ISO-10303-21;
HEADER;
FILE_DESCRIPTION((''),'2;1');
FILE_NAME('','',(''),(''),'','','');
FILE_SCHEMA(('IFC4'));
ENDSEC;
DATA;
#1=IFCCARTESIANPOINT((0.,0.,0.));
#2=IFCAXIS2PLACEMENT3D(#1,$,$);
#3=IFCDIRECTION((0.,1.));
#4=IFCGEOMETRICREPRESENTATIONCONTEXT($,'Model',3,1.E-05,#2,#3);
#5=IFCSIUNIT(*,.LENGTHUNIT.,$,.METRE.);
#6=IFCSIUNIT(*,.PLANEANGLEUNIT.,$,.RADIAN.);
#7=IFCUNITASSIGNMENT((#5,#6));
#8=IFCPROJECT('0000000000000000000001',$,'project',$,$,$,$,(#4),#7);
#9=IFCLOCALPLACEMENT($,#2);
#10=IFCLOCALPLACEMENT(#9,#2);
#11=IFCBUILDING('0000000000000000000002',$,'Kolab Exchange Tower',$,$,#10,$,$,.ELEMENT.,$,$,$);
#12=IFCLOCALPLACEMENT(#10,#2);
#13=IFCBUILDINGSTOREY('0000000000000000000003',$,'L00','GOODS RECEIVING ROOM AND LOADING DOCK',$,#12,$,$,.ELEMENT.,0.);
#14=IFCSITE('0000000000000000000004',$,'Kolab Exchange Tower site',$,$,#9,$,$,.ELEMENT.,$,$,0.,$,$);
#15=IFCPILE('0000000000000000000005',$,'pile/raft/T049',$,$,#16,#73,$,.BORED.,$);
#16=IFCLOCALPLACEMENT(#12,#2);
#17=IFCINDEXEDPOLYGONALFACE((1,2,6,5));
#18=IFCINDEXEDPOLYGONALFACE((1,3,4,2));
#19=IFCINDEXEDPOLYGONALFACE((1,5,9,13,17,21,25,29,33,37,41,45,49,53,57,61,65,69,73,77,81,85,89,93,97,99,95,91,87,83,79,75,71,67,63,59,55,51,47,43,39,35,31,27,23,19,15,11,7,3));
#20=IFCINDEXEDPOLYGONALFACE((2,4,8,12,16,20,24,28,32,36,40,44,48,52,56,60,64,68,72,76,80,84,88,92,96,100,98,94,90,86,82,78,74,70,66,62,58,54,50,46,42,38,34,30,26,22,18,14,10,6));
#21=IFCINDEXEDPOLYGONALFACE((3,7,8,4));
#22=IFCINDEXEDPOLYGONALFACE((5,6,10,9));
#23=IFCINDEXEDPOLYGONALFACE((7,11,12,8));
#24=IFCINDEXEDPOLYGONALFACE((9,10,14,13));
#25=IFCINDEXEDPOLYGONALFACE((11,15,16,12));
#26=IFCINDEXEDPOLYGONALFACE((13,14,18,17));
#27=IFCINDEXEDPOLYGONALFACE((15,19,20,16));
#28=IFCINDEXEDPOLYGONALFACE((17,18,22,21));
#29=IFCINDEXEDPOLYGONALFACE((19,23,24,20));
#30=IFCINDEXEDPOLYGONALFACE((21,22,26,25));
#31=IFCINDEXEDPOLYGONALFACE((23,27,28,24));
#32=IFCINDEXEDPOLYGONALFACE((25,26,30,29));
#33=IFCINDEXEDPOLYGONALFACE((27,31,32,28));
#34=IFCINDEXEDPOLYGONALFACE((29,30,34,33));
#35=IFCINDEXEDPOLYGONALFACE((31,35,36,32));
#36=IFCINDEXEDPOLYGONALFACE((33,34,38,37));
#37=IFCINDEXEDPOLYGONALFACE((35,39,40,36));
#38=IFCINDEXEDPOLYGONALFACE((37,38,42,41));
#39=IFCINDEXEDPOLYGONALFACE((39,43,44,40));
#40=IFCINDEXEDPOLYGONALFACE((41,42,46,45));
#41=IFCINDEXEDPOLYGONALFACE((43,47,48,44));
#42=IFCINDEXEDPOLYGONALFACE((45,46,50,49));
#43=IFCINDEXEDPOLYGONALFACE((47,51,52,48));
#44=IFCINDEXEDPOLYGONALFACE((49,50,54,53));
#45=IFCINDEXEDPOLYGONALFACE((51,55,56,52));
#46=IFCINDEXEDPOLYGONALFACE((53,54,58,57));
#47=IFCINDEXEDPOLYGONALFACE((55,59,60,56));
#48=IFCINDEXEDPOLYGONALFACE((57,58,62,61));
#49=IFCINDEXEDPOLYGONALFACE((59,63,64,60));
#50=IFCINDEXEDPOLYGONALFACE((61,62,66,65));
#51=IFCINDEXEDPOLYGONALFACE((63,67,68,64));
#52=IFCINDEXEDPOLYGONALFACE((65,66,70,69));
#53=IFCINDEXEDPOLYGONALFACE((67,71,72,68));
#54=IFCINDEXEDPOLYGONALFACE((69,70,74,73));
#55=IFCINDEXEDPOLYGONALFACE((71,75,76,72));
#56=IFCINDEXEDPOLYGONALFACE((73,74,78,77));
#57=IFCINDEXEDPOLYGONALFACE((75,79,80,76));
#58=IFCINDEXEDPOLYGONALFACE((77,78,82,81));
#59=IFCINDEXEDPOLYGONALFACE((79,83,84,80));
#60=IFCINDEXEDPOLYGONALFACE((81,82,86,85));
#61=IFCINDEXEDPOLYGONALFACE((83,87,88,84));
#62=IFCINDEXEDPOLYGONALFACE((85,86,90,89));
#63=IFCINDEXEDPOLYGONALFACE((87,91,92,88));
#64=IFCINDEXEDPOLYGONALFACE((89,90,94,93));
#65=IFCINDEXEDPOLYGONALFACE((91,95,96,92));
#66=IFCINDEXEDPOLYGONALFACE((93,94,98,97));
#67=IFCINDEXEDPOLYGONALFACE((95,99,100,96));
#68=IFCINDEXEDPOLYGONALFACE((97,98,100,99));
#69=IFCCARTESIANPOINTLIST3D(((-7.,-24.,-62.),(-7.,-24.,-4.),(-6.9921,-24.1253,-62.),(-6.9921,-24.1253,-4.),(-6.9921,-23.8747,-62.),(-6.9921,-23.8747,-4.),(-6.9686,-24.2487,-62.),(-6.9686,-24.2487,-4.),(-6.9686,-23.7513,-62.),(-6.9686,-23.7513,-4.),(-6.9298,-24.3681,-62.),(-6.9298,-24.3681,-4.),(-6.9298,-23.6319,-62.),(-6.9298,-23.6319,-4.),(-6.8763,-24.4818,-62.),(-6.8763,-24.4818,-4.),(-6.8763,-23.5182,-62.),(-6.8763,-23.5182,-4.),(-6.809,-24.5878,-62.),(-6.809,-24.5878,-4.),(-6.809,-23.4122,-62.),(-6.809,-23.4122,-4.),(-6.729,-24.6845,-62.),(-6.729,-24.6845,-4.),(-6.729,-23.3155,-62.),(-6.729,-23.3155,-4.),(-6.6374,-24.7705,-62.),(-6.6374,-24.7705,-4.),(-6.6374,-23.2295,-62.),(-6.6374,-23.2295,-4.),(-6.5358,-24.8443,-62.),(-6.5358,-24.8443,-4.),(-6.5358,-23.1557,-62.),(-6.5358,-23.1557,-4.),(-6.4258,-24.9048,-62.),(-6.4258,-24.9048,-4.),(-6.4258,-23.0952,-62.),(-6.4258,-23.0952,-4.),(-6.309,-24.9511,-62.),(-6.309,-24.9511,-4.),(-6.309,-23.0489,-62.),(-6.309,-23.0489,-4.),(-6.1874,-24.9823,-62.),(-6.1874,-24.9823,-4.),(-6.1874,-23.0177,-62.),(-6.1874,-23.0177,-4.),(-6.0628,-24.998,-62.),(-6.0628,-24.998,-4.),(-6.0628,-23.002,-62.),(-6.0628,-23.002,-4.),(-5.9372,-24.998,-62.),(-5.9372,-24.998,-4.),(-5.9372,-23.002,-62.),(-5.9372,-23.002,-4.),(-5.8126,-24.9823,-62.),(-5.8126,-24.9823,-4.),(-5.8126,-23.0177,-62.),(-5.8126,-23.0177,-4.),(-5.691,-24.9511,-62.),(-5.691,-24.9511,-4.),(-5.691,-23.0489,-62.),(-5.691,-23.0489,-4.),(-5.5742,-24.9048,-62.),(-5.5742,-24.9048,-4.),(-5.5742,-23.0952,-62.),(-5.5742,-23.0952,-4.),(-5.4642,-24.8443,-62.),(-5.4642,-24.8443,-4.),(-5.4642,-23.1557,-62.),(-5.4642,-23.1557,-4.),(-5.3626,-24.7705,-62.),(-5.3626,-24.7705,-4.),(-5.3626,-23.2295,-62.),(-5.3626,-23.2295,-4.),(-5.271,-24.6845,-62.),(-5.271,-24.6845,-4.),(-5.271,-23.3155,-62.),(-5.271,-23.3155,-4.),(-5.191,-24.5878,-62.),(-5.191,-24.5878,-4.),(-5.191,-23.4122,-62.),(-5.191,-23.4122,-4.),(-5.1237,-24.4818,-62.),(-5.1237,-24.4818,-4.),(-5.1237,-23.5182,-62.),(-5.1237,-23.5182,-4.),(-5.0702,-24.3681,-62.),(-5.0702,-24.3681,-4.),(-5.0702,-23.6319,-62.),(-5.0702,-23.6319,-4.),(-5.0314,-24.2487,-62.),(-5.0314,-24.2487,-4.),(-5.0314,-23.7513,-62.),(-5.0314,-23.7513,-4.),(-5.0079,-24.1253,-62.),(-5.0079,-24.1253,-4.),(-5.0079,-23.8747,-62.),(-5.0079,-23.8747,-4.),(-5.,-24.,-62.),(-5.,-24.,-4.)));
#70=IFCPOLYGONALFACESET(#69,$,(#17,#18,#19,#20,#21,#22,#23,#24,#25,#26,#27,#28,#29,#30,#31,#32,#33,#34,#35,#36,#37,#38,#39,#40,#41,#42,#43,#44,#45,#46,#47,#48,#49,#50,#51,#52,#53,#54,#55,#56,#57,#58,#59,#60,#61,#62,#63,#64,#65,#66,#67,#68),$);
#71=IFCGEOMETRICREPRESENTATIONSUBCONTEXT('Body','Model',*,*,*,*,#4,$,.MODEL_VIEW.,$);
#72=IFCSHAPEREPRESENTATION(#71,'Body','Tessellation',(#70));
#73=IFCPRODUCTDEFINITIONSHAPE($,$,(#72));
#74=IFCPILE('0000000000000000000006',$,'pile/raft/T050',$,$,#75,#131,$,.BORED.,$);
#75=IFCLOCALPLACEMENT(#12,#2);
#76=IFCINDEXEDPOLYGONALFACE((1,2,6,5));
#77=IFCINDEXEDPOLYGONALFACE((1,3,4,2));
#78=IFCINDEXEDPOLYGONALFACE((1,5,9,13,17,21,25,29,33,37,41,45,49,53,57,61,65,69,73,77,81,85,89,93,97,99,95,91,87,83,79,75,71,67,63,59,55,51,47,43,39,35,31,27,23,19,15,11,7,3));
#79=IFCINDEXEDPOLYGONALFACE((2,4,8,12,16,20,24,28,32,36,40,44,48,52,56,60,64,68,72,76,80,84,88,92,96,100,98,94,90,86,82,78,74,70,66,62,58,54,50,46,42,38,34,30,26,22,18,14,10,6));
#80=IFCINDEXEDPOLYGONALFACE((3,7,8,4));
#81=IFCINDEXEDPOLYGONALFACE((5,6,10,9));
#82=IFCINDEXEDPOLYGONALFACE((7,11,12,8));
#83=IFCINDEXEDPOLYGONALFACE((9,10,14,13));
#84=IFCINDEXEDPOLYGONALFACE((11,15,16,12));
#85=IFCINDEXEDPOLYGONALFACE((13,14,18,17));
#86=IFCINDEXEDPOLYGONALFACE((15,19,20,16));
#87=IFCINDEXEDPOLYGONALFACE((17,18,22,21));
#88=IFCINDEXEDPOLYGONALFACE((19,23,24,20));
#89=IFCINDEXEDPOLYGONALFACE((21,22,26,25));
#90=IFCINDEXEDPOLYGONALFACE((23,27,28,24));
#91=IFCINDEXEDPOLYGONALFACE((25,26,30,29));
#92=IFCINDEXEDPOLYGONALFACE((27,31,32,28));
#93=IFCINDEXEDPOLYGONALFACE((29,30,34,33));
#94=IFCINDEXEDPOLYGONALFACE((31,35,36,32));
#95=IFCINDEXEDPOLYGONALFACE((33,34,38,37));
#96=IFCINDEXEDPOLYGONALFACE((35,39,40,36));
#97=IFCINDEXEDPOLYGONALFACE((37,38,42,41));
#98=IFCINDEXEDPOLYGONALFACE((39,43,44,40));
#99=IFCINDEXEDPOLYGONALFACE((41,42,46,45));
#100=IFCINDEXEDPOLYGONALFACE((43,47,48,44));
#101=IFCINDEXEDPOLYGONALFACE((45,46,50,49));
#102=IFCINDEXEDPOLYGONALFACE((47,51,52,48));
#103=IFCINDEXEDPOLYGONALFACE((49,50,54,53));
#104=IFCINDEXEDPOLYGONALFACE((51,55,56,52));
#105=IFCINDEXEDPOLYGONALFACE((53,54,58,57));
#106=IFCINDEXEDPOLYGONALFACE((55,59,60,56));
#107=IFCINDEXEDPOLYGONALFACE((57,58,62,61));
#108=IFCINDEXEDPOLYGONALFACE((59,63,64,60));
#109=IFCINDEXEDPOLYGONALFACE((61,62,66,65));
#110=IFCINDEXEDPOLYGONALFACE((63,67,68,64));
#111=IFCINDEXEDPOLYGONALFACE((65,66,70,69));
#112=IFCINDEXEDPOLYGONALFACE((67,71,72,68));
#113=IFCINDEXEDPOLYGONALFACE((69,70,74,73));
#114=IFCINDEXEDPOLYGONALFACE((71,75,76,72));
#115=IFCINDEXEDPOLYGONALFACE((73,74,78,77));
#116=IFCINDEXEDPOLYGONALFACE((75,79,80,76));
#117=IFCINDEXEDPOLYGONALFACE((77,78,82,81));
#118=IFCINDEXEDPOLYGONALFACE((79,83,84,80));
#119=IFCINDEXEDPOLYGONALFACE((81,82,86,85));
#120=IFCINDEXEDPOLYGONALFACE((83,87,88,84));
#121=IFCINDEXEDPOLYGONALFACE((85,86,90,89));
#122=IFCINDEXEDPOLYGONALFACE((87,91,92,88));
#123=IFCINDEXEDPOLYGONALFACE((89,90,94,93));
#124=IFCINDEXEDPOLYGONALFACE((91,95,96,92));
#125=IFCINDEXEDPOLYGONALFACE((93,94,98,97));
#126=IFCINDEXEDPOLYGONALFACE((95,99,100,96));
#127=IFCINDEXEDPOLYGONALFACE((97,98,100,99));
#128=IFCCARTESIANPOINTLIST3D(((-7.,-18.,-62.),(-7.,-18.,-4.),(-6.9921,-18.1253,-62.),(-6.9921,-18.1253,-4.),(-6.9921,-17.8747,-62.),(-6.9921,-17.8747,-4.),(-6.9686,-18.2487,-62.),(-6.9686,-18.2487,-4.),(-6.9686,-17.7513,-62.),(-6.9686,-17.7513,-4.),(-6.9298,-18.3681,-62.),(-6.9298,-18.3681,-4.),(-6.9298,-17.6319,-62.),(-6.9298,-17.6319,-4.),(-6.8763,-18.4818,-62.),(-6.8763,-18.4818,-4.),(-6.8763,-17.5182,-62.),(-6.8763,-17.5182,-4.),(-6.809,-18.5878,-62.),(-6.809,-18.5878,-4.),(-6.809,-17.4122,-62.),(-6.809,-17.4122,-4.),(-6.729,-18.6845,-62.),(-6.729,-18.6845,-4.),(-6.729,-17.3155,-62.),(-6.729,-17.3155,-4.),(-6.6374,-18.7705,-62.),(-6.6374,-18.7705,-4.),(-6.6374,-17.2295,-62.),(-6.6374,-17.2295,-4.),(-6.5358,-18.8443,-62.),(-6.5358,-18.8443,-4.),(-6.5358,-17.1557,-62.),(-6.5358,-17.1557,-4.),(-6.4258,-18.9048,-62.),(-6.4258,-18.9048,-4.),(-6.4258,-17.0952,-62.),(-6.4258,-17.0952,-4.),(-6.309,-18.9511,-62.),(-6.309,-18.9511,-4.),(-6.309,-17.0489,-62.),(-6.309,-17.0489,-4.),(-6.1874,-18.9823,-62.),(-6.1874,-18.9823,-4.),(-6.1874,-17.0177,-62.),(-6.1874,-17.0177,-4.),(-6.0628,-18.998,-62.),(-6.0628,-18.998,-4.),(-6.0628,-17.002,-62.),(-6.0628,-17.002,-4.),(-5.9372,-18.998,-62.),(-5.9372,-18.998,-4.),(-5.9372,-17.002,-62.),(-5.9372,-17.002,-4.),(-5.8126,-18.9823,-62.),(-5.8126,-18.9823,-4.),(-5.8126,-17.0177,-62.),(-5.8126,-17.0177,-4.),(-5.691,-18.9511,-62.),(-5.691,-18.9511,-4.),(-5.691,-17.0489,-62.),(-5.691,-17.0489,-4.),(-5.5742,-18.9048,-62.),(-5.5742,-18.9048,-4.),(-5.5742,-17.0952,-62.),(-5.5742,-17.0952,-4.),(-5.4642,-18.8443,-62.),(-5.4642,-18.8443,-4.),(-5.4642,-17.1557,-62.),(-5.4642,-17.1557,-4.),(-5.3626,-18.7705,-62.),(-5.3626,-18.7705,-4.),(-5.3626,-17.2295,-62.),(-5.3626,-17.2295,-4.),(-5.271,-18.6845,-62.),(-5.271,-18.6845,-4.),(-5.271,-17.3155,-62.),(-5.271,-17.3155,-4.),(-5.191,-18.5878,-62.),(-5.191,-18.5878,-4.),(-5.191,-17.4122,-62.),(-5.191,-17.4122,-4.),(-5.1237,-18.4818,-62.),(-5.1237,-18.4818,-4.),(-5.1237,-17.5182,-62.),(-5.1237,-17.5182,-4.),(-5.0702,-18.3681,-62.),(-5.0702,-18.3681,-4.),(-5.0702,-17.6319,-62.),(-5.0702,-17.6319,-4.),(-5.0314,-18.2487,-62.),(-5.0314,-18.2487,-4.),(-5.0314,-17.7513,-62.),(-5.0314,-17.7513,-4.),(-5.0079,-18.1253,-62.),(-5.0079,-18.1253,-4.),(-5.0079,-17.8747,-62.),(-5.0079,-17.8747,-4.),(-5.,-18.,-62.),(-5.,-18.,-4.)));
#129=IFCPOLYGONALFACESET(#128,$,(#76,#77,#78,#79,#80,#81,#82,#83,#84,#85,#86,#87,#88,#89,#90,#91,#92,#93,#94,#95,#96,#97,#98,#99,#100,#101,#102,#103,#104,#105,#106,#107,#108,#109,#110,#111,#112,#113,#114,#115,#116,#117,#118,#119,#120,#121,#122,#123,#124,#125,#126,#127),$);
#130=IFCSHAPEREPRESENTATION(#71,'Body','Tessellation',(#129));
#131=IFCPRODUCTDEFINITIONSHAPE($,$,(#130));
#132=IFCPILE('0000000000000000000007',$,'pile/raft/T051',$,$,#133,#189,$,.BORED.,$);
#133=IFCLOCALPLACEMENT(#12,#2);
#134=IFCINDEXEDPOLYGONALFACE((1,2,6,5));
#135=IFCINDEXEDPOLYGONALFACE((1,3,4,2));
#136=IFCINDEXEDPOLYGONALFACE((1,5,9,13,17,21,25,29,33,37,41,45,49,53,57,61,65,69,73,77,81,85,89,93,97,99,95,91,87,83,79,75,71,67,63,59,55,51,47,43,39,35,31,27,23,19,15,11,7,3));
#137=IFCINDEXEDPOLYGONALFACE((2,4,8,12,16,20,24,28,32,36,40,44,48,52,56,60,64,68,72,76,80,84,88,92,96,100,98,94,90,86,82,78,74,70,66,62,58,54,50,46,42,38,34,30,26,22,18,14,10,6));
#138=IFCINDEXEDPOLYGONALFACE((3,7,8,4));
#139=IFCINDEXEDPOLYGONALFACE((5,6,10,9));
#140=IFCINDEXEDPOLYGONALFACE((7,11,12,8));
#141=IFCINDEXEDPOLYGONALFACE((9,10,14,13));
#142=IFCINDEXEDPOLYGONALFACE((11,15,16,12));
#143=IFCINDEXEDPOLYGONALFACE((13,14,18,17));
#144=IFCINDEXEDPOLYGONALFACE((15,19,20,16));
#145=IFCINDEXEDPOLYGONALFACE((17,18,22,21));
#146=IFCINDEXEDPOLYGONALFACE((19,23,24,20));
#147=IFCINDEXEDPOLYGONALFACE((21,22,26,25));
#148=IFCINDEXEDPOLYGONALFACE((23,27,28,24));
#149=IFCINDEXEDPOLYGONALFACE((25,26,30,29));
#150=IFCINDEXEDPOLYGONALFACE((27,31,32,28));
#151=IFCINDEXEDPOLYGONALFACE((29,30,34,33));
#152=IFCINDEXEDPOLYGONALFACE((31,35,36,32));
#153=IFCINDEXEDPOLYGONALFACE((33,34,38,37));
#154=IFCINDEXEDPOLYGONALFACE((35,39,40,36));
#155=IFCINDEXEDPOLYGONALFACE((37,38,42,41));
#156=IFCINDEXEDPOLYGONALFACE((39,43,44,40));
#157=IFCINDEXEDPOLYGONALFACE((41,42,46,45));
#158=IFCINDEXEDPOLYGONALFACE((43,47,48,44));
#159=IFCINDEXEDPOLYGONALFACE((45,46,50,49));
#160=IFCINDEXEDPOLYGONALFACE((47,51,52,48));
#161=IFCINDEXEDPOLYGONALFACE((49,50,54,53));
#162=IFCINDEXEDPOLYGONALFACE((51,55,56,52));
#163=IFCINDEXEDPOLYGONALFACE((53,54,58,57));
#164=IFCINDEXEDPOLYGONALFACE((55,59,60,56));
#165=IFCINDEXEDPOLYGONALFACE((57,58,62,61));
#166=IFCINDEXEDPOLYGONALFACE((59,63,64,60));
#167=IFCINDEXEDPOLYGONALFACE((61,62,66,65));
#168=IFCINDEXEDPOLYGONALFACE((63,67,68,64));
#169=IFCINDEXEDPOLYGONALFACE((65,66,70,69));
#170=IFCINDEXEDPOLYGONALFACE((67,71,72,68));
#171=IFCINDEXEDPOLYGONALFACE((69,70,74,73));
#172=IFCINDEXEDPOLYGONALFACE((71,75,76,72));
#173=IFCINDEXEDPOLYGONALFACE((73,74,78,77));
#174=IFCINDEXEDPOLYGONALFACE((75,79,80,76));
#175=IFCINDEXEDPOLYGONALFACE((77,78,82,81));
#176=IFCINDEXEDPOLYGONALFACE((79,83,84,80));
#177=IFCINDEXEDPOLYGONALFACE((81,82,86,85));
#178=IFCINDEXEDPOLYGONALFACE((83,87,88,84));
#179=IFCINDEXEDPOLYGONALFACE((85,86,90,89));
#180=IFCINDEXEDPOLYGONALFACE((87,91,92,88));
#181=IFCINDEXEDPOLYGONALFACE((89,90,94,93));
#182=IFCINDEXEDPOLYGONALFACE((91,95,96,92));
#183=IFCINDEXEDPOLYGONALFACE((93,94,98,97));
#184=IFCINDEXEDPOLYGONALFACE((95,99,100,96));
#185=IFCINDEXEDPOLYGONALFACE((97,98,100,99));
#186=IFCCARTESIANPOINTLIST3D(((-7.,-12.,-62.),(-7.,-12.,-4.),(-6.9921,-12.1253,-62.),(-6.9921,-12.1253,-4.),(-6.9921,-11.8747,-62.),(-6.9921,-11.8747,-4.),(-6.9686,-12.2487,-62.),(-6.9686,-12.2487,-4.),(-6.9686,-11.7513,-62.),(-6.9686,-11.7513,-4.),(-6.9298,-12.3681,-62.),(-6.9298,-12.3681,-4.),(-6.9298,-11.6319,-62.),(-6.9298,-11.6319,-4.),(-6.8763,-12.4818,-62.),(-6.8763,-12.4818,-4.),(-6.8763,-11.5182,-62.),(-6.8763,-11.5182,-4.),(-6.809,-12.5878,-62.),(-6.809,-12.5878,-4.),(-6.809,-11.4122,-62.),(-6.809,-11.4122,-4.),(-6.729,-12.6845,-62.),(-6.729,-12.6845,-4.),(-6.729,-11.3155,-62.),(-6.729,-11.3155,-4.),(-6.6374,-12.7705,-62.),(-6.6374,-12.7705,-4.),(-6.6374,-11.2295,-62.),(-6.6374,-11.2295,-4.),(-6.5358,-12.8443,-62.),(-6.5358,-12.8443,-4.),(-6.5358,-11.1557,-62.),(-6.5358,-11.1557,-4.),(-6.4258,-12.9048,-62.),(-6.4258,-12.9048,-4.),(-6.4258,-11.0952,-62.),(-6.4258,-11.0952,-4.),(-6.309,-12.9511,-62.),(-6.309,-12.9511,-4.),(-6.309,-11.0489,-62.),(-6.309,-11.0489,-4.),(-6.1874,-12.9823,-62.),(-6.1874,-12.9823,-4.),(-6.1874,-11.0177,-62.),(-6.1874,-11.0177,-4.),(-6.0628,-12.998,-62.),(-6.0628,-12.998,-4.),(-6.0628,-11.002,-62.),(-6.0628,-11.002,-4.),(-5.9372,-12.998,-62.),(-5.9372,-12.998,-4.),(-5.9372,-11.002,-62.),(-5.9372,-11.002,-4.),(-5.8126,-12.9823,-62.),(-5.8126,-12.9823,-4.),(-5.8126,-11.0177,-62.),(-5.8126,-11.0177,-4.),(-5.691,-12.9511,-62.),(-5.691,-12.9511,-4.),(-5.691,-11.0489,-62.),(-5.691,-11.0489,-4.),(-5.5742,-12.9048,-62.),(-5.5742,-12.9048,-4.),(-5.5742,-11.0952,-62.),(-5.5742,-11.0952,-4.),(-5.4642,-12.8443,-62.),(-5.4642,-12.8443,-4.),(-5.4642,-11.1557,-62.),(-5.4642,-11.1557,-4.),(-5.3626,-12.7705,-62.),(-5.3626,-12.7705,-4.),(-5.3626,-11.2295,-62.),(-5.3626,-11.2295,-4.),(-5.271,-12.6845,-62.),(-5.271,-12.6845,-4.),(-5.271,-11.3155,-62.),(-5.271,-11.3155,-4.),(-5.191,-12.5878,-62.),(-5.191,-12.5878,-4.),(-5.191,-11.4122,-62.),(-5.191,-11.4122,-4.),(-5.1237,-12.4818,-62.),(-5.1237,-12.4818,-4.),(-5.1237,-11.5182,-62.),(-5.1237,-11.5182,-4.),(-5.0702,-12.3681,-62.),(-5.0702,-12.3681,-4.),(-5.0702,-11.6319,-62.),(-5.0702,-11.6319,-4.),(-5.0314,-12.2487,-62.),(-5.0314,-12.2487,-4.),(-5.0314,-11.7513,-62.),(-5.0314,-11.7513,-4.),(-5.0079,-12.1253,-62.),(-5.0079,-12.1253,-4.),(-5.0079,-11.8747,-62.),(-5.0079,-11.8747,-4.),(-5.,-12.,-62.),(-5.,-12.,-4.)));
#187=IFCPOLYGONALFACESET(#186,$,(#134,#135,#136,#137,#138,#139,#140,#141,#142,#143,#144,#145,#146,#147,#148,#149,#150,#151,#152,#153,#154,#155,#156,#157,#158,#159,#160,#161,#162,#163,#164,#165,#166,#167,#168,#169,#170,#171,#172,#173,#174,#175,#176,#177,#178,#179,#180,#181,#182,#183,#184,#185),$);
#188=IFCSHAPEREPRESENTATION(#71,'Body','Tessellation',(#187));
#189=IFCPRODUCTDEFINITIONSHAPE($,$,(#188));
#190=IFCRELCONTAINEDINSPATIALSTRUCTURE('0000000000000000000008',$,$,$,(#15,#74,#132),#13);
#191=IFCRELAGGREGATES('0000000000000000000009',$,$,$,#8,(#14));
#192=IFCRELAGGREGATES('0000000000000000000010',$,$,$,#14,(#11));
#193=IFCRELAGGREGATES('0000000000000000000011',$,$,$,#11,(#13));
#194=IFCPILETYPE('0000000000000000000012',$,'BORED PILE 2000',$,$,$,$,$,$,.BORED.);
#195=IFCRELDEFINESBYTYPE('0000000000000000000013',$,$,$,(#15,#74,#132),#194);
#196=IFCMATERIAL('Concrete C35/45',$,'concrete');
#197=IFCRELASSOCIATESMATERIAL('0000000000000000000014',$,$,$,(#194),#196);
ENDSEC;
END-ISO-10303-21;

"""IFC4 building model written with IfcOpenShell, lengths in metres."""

from ifc_helpers import new_model, si_unit, direction, frame, origin, origin_2d, place, context, subcontext, project, spatial, circle, extrude, material, material_profile, profile_set, type_object, element, save


model = new_model("IFC4")

# Units and contexts
model_context = context("Model", 3, precision=1e-05, world=origin(), true_north=direction((0.0, 1.0)))
body_context = subcontext(model_context, "Body", "Model", "MODEL_VIEW")
ifc_project = project(units=[si_unit("LENGTHUNIT", "METRE"), si_unit("PLANEANGLEUNIT", "RADIAN")], contexts=[model_context])

# Site, building, storey
site_placement = place(None, origin())
site = spatial("IfcSite", under=ifc_project, at=site_placement, Name="Kolab Exchange Tower site", CompositionType="ELEMENT", RefElevation=0.0)
building_placement = place(site_placement, origin())
building = spatial("IfcBuilding", under=site, at=building_placement, Name="Kolab Exchange Tower", CompositionType="ELEMENT")
storey_placement = place(building_placement, origin())
storey = spatial("IfcBuildingStorey", under=building, at=storey_placement, Name="L00", Description="GOODS RECEIVING ROOM AND LOADING DOCK", CompositionType="ELEMENT", Elevation=0.0)

# Piles
ifc_material_1 = material(Name="Concrete C35/45", Category="concrete")
ifc_material_profile_1 = material_profile(ifc_material_1, circle(Radius=1.0, at=origin_2d()), Name="BP2000")
ifc_profile_set_1 = profile_set([ifc_material_profile_1], Name="Concrete C35/45")
pile_type = type_object("IfcPileType", Name="BORED PILE 2000", PredefinedType="BORED", material=ifc_profile_set_1)
for number, where, z_axis, x_axis, name in (
    (1, (-6.0, -24.0, -4.0), (0.0, 0.0, -1.0), (1.0, 0.0, 0.0), "pile/raft/T049"),
    (2, (-6.0, -18.0, -4.0), (0.0, 0.0, -1.0), (1.0, 0.0, 0.0), "pile/raft/T050"),
    (3, (-6.0, -12.0, -4.0), (0.0, 0.0, -1.0), (1.0, 0.0, 0.0), "pile/raft/T051"),
):
    element("IfcPile", number, at=place(storey_placement, frame(where, z_axis=z_axis, x_axis=x_axis)), inside=storey, type_object=pile_type, Name=name, PredefinedType="BORED", context=body_context, shape_type="SweptSolid", body=[
        extrude(circle(Radius=1.0, at=origin_2d()), origin(), (0.0, 0.0, 1.0), 58.0),
    ])

save(model, "model.ifc")
